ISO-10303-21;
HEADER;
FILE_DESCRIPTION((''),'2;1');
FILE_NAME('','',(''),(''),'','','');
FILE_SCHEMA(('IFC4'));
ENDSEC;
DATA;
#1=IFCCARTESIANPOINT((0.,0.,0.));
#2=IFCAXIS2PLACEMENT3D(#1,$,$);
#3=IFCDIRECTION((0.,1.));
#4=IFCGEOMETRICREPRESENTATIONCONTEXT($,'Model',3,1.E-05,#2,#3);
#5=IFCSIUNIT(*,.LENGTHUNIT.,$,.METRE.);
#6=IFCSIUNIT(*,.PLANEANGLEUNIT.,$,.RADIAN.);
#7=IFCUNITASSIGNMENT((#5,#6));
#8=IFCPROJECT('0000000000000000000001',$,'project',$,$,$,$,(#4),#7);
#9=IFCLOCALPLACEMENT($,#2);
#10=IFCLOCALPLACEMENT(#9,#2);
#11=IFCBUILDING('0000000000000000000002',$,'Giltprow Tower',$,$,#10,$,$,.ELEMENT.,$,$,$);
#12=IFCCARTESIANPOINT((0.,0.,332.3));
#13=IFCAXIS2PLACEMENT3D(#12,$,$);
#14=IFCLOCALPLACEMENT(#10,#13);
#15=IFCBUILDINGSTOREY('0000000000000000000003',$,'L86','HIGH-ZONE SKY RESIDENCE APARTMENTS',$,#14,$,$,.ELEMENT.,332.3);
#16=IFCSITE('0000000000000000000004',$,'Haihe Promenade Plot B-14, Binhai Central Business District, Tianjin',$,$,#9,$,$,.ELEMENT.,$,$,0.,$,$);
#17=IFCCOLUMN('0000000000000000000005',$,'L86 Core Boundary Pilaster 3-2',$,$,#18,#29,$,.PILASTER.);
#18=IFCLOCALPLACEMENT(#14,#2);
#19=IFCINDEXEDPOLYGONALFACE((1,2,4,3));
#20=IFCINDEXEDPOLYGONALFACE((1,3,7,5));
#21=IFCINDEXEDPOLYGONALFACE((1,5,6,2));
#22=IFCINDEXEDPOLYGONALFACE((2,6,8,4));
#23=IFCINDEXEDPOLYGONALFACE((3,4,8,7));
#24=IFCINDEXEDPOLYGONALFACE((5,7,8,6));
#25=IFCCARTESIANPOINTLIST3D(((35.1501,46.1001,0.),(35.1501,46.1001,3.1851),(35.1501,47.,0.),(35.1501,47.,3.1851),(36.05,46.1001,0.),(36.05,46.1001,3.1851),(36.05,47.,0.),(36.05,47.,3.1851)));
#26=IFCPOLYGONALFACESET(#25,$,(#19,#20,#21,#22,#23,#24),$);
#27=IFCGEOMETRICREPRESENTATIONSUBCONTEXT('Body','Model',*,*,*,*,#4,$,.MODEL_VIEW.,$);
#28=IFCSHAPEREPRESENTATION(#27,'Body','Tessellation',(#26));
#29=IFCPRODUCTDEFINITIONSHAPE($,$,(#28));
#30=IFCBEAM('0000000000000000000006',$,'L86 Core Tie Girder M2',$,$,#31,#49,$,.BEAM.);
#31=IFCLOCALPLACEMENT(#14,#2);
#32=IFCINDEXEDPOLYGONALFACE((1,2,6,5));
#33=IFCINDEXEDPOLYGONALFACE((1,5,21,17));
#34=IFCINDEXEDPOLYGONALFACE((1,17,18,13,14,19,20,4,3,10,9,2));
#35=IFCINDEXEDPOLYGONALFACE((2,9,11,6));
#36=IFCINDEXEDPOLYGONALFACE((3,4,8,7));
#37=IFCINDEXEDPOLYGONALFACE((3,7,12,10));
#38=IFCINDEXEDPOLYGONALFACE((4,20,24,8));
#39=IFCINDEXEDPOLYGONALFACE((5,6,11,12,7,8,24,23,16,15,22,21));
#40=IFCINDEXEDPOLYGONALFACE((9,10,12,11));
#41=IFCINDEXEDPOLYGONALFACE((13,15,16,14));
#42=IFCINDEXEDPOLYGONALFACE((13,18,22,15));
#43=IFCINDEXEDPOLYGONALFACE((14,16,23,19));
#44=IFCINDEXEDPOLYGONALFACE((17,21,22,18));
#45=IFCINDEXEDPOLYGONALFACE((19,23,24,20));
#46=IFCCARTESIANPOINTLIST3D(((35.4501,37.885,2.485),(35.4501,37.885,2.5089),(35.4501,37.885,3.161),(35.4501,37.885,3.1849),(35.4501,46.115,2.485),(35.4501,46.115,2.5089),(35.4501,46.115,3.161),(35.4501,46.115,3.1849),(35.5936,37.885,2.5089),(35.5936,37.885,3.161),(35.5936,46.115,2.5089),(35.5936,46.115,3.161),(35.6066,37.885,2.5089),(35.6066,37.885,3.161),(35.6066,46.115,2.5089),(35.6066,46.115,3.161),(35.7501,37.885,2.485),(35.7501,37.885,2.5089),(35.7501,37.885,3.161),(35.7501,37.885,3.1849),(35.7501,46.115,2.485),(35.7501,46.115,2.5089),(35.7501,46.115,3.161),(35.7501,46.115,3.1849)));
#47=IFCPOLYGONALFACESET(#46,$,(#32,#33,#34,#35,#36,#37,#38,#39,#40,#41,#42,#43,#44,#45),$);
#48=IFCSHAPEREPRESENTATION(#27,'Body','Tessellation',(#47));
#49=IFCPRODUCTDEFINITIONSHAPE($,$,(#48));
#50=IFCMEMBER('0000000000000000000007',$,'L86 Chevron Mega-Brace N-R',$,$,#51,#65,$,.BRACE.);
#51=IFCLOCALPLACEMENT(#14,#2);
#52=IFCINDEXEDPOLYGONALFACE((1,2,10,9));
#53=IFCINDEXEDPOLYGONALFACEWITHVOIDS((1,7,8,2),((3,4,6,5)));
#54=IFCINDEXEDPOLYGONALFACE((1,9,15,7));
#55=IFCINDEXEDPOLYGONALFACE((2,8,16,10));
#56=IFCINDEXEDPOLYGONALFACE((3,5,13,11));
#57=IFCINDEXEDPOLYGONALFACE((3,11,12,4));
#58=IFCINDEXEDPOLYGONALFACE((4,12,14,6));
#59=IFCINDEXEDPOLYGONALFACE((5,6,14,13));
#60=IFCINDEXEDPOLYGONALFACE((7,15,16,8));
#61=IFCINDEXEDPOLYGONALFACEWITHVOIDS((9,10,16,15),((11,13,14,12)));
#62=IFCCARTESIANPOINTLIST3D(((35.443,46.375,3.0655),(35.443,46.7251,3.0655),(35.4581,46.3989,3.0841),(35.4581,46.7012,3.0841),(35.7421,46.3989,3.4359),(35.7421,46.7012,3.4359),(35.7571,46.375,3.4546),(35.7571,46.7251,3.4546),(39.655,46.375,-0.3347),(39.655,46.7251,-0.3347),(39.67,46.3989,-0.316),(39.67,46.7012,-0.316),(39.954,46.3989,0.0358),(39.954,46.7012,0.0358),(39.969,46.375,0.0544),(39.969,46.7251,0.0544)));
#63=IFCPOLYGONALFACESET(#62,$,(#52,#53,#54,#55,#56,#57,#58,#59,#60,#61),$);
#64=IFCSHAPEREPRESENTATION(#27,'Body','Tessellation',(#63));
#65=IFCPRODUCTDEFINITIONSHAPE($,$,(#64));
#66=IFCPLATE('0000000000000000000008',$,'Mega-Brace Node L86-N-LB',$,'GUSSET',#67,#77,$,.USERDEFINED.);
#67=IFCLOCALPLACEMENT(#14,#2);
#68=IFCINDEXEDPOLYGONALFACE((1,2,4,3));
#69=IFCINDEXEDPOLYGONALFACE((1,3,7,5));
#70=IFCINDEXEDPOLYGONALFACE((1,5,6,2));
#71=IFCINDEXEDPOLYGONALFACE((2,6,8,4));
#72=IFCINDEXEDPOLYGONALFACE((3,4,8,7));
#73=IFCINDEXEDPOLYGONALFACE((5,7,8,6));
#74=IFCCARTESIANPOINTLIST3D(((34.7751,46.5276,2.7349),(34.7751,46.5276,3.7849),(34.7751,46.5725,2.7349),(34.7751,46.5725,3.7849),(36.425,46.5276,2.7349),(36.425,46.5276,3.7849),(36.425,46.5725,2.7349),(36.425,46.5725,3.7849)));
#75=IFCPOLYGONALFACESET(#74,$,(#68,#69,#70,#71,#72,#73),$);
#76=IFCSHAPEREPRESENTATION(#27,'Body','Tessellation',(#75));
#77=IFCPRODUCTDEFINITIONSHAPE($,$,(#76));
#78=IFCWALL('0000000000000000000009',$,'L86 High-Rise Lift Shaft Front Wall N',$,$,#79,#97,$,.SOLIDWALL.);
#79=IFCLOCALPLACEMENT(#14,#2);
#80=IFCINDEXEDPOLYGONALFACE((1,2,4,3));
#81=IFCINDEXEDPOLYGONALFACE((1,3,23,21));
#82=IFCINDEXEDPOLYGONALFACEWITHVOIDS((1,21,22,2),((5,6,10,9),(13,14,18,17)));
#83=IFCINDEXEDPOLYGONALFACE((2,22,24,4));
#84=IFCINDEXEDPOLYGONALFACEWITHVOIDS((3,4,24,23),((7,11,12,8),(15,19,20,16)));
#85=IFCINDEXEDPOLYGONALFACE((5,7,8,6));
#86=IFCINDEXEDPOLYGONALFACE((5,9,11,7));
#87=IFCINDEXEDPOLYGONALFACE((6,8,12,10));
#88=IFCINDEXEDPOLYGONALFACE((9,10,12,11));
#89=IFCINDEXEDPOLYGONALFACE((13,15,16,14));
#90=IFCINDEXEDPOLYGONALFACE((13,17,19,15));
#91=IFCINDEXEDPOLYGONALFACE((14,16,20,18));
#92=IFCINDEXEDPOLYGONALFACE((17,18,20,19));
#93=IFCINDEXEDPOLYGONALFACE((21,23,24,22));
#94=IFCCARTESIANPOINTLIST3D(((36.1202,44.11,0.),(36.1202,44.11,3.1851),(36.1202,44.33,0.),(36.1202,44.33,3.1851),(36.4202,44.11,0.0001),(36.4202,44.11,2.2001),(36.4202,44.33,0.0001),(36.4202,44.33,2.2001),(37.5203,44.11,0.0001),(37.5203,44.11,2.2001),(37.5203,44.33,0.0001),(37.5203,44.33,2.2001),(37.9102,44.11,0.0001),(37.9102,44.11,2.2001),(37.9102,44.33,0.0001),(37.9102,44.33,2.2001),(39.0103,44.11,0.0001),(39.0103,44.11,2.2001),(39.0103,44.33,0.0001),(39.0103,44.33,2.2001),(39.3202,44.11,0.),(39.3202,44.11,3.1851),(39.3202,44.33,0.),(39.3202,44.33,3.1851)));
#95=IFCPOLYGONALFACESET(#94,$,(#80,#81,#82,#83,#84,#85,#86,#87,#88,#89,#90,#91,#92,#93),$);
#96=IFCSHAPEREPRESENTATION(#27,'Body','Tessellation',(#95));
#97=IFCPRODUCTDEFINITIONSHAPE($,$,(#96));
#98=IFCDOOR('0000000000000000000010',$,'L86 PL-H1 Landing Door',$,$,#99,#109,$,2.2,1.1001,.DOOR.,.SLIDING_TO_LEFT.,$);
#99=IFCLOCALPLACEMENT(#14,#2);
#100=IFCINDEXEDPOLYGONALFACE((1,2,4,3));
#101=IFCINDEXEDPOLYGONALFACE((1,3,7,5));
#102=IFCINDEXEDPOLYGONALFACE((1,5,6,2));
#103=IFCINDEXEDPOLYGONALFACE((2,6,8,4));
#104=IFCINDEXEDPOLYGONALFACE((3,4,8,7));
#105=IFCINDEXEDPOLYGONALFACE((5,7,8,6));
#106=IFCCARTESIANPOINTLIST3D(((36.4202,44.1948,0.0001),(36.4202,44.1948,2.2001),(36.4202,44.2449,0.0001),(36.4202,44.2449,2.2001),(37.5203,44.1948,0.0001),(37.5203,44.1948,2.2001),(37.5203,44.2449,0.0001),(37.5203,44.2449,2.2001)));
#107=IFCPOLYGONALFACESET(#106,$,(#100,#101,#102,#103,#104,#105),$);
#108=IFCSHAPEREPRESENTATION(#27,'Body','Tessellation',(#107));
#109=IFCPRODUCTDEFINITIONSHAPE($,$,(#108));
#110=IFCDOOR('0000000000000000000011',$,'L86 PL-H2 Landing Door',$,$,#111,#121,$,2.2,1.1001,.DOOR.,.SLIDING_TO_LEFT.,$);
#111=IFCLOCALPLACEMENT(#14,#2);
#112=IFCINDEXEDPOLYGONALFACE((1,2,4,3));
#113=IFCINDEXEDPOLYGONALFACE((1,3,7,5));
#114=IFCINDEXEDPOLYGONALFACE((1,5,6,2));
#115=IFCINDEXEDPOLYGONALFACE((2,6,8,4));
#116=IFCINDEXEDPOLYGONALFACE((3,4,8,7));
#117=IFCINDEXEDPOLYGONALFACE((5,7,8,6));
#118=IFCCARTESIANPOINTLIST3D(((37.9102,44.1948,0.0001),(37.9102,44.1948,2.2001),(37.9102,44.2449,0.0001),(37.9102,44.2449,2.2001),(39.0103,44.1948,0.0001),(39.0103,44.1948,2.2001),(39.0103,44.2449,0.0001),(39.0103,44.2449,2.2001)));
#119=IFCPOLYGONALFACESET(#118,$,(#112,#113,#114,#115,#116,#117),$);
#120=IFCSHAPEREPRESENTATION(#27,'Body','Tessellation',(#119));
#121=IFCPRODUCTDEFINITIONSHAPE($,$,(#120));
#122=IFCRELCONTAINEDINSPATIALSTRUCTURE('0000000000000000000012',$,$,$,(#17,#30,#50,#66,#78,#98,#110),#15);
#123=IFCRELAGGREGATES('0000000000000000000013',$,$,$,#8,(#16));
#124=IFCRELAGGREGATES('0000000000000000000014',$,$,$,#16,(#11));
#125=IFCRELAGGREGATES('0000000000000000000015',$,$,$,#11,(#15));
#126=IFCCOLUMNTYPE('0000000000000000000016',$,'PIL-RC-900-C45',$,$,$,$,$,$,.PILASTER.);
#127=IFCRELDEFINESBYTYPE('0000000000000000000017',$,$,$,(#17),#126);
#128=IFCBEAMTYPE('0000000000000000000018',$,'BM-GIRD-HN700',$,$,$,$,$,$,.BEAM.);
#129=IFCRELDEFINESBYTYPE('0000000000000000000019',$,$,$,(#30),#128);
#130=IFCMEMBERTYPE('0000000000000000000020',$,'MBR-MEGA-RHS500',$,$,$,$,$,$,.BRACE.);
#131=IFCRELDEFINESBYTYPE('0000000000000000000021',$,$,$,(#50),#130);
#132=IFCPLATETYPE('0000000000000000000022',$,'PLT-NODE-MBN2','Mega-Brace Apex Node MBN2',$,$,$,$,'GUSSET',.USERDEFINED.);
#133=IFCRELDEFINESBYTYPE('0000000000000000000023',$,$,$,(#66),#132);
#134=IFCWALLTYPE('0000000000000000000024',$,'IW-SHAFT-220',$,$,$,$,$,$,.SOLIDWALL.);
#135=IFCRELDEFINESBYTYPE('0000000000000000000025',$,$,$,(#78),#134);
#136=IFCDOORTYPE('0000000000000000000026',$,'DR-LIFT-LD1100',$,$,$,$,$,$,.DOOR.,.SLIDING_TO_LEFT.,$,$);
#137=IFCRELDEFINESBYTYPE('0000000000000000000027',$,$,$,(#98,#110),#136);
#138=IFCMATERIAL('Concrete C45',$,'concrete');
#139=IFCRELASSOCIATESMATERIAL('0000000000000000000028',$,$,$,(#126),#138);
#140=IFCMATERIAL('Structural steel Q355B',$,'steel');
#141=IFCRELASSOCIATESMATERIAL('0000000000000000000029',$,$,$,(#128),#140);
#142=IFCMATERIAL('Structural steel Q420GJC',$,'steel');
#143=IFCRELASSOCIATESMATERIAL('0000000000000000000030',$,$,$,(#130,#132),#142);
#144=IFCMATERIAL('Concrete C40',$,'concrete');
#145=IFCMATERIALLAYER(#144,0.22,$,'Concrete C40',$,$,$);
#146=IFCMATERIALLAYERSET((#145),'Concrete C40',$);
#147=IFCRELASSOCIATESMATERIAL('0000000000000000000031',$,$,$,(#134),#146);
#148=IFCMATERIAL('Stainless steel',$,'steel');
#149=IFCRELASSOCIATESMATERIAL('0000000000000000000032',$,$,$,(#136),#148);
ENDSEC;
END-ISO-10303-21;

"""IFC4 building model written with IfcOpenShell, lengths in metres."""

from ifc_helpers import new_model, si_unit, direction, frame, frame_2d, origin, origin_2d, place, context, subcontext, project, spatial, rectangle, hollow_rectangle, i_section, extrude, source, transform, mapped, material, layer, layer_set, material_profile, profile_set, type_object, element, fill, save


model = new_model("IFC4")

# Units and contexts
model_context = context("Model", 3, precision=1e-05, world=origin(), true_north=direction((0.0, 1.0)))
body_context = subcontext(model_context, "Body", "Model", "MODEL_VIEW")
ifc_project = project(units=[si_unit("LENGTHUNIT", "METRE"), si_unit("PLANEANGLEUNIT", "RADIAN")], contexts=[model_context])

# Site, building, storey
site_placement = place(None, origin())
site = spatial("IfcSite", under=ifc_project, at=site_placement, Name="Haihe Promenade Plot B-14, Binhai Central Business District, Tianjin", CompositionType="ELEMENT", RefElevation=0.0)
building_placement = place(site_placement, origin())
building = spatial("IfcBuilding", under=site, at=building_placement, Name="Giltprow Tower", CompositionType="ELEMENT")
storey_placement = place(building_placement, frame((0.0, 0.0, 332.3)))
storey = spatial("IfcBuildingStorey", under=building, at=storey_placement, Name="L86", Description="HIGH-ZONE SKY RESIDENCE APARTMENTS", CompositionType="ELEMENT", Elevation=332.3)

# Column
ifc_material_1 = material(Name="Concrete C45", Category="concrete")
ifc_material_profile_1 = material_profile(ifc_material_1, rectangle(XDim=0.8999, YDim=0.8999, at=origin_2d()), Name="RC 900x900")
ifc_profile_set_1 = profile_set([ifc_material_profile_1], Name="Concrete C45")
column_type = type_object("IfcColumnType", Name="PIL-RC-900-C45", PredefinedType="PILASTER", material=ifc_profile_set_1)
shared_shape_1 = source(origin(), body_context, "Body", "SweptSolid", [
    extrude(rectangle(XDim=0.8999, YDim=0.8999, at=origin_2d()), origin(), (0.0, 0.0, 1.0), 3.1851),
])
column_placement = place(storey_placement, frame((35.6001, 46.55, 0.0), z_axis=(0.0, 0.0, 1.0), x_axis=(1.0, 0.0, 0.0)))
element("IfcColumn", 1, at=column_placement, inside=storey, type_object=column_type, Name="L86 Core Boundary Pilaster 3-2", PredefinedType="PILASTER", context=body_context, shape_type="MappedRepresentation", body=[
    mapped(shared_shape_1, transform((0.0, 0.0, 0.0), x_axis=(1.0, 0.0, 0.0), y_axis=(0.0, 1.0, 0.0), z_axis=(0.0, 0.0, 1.0), scale=1.0)),
])

# Beam
ifc_material_2 = material(Name="Structural steel Q355B", Category="steel")
ifc_material_profile_2 = material_profile(ifc_material_2, i_section(OverallWidth=0.3, OverallDepth=0.7, WebThickness=0.0129, FlangeThickness=0.0239, at=origin_2d()), Name="HN 700x300x13x24")
ifc_profile_set_2 = profile_set([ifc_material_profile_2], Name="Structural steel Q355B")
beam_type = type_object("IfcBeamType", Name="BM-GIRD-HN700", PredefinedType="BEAM", material=ifc_profile_set_2)
shared_shape_2 = source(origin(), body_context, "Body", "SweptSolid", [
    extrude(i_section(OverallWidth=0.3, OverallDepth=0.7, WebThickness=0.0129, FlangeThickness=0.0239, at=origin_2d()), origin(), (0.0, 0.0, 1.0), 8.23),
])
beam_placement = place(storey_placement, frame((35.6001, 37.885, 2.835), z_axis=(0.0, 1.0, 0.0), x_axis=(-1.0, 0.0, 0.0)))
element("IfcBeam", 2, at=beam_placement, inside=storey, type_object=beam_type, Name="L86 Core Tie Girder M2", PredefinedType="BEAM", context=body_context, shape_type="MappedRepresentation", body=[
    mapped(shared_shape_2, transform((0.0, 0.0, 0.0), x_axis=(1.0, 0.0, 0.0), y_axis=(0.0, 1.0, 0.0), z_axis=(0.0, 0.0, 1.0), scale=1.0)),
])

# Member
ifc_material_3 = material(Name="Structural steel Q420GJC", Category="steel")
ifc_material_profile_3 = material_profile(ifc_material_3, hollow_rectangle(XDim=0.3501, YDim=0.5, WallThickness=0.0239, at=origin_2d()), Name="RHS 500x350x24")
ifc_profile_set_3 = profile_set([ifc_material_profile_3], Name="Structural steel Q420GJC")
member_type = type_object("IfcMemberType", Name="MBR-MEGA-RHS500", PredefinedType="BRACE", material=ifc_profile_set_3)
shared_shape_3 = source(origin(), body_context, "Body", "SweptSolid", [
    extrude(hollow_rectangle(XDim=0.3501, YDim=0.5, WallThickness=0.0239, at=origin_2d()), origin(), (0.0, 0.0, 1.0), 5.4131),
])
member_placement = place(storey_placement, frame((39.812, 46.55, -0.1401), z_axis=(-0.778102, 0.0, 0.628138), x_axis=(0.0, -1.0, 0.0)))
element("IfcMember", 3, at=member_placement, inside=storey, type_object=member_type, Name="L86 Chevron Mega-Brace N-R", PredefinedType="BRACE", context=body_context, shape_type="MappedRepresentation", body=[
    mapped(shared_shape_3, transform((0.0, 0.0, 0.0), x_axis=(1.0, 0.0, 0.0), y_axis=(0.0, 1.0, 0.0), z_axis=(0.0, 0.0, 1.0), scale=1.0)),
])

# Plate
plate_type = type_object("IfcPlateType", Name="PLT-NODE-MBN2", Description="Mega-Brace Apex Node MBN2", ElementType="GUSSET", PredefinedType="USERDEFINED", material=ifc_material_3)
shared_shape_4 = source(origin(), body_context, "Body", "SweptSolid", [
    extrude(rectangle(XDim=1.6499, YDim=0.0449, at=origin_2d()), origin(), (0.0, 0.0, 1.0), 1.05),
])
plate_placement = place(storey_placement, frame((35.6001, 46.55, 2.7349), z_axis=(0.0, 0.0, 1.0), x_axis=(1.0, 0.0, 0.0)))
element("IfcPlate", 4, at=plate_placement, inside=storey, type_object=plate_type, Name="Mega-Brace Node L86-N-LB", ObjectType="GUSSET", PredefinedType="USERDEFINED", context=body_context, shape_type="MappedRepresentation", body=[
    mapped(shared_shape_4, transform((0.0, 0.0, 0.0), x_axis=(1.0, 0.0, 0.0), y_axis=(0.0, 1.0, 0.0), z_axis=(0.0, 0.0, 1.0), scale=1.0)),
])

# Wall, openings, doors
ifc_material_4 = material(Name="Concrete C40", Category="concrete")
ifc_layer_1 = layer(ifc_material_4, 0.22, Name="Concrete C40")
ifc_layer_set_1 = layer_set([ifc_layer_1], Name="Concrete C40")
wall_type_1 = type_object("IfcWallType", Name="IW-SHAFT-220", PredefinedType="SOLIDWALL", material=ifc_layer_set_1)
wall_1_placement = place(storey_placement, frame((36.1201, 44.22, 0.0), z_axis=(0.0, 0.0, 1.0), x_axis=(1.0, 0.0, 0.0)))
wall_1 = element("IfcWall", 5, at=wall_1_placement, inside=storey, type_object=wall_type_1, Name="L86 High-Rise Lift Shaft Front Wall N", PredefinedType="SOLIDWALL", context=body_context, shape_type="SweptSolid", body=[
    extrude(rectangle(XDim=3.2, YDim=0.22, at=frame_2d((1.6001, 0.0))), origin(), (0.0, 0.0, 1.0), 3.1851),
])
opening_1_placement = place(wall_1_placement, frame((0.3, 0.0, 0.0)))
opening_1 = element("IfcOpeningElement", 6, at=opening_1_placement, cuts=wall_1, PredefinedType="OPENING", context=body_context, shape_type="SweptSolid", body=[
    extrude(rectangle(XDim=1.1001, YDim=2.2, at=frame_2d((0.55, 1.1001))), frame((0.0, 0.1199, 0.0), z_axis=(0.0, -1.0, 0.0), x_axis=(1.0, 0.0, 0.0)), (0.0, 0.0, 1.0), 0.24),
])
opening_2_placement = place(wall_1_placement, frame((1.79, 0.0, 0.0)))
opening_2 = element("IfcOpeningElement", 7, at=opening_2_placement, cuts=wall_1, PredefinedType="OPENING", context=body_context, shape_type="SweptSolid", body=[
    extrude(rectangle(XDim=1.1001, YDim=2.2, at=frame_2d((0.55, 1.1001))), frame((0.0, 0.1199, 0.0), z_axis=(0.0, -1.0, 0.0), x_axis=(1.0, 0.0, 0.0)), (0.0, 0.0, 1.0), 0.24),
])
ifc_material_5 = material(Name="Stainless steel", Category="steel")
door_type_1 = type_object("IfcDoorType", Name="DR-LIFT-LD1100", OperationType="SLIDING_TO_LEFT", PredefinedType="DOOR", material=ifc_material_5)
shared_shape_5 = source(origin(), body_context, "Body", "SweptSolid", [
    extrude(rectangle(XDim=1.1001, YDim=2.2, at=frame_2d((0.55, 1.1001))), frame((0.0, 0.0249, 0.0), z_axis=(0.0, -1.0, 0.0), x_axis=(1.0, 0.0, 0.0)), (0.0, 0.0, 1.0), 0.05),
])
door_1_placement = place(opening_1_placement, origin())
door_1 = element("IfcDoor", 8, at=door_1_placement, inside=storey, type_object=door_type_1, Name="L86 PL-H1 Landing Door", OperationType="SLIDING_TO_LEFT", OverallHeight=2.2, OverallWidth=1.1001, PredefinedType="DOOR", context=body_context, shape_type="MappedRepresentation", body=[
    mapped(shared_shape_5, transform((0.0, 0.0, 0.0), x_axis=(1.0, 0.0, 0.0), y_axis=(0.0, 1.0, 0.0), z_axis=(0.0, 0.0, 1.0), scale=1.0)),
])
fill(opening_1, door_1)
door_2_placement = place(opening_2_placement, origin())
door_2 = element("IfcDoor", 9, at=door_2_placement, inside=storey, type_object=door_type_1, Name="L86 PL-H2 Landing Door", OperationType="SLIDING_TO_LEFT", OverallHeight=2.2, OverallWidth=1.1001, PredefinedType="DOOR", context=body_context, shape_type="MappedRepresentation", body=[
    mapped(shared_shape_5, transform((0.0, 0.0, 0.0), x_axis=(1.0, 0.0, 0.0), y_axis=(0.0, 1.0, 0.0), z_axis=(0.0, 0.0, 1.0), scale=1.0)),
])
fill(opening_2, door_2)

save(model, "model.ifc")
